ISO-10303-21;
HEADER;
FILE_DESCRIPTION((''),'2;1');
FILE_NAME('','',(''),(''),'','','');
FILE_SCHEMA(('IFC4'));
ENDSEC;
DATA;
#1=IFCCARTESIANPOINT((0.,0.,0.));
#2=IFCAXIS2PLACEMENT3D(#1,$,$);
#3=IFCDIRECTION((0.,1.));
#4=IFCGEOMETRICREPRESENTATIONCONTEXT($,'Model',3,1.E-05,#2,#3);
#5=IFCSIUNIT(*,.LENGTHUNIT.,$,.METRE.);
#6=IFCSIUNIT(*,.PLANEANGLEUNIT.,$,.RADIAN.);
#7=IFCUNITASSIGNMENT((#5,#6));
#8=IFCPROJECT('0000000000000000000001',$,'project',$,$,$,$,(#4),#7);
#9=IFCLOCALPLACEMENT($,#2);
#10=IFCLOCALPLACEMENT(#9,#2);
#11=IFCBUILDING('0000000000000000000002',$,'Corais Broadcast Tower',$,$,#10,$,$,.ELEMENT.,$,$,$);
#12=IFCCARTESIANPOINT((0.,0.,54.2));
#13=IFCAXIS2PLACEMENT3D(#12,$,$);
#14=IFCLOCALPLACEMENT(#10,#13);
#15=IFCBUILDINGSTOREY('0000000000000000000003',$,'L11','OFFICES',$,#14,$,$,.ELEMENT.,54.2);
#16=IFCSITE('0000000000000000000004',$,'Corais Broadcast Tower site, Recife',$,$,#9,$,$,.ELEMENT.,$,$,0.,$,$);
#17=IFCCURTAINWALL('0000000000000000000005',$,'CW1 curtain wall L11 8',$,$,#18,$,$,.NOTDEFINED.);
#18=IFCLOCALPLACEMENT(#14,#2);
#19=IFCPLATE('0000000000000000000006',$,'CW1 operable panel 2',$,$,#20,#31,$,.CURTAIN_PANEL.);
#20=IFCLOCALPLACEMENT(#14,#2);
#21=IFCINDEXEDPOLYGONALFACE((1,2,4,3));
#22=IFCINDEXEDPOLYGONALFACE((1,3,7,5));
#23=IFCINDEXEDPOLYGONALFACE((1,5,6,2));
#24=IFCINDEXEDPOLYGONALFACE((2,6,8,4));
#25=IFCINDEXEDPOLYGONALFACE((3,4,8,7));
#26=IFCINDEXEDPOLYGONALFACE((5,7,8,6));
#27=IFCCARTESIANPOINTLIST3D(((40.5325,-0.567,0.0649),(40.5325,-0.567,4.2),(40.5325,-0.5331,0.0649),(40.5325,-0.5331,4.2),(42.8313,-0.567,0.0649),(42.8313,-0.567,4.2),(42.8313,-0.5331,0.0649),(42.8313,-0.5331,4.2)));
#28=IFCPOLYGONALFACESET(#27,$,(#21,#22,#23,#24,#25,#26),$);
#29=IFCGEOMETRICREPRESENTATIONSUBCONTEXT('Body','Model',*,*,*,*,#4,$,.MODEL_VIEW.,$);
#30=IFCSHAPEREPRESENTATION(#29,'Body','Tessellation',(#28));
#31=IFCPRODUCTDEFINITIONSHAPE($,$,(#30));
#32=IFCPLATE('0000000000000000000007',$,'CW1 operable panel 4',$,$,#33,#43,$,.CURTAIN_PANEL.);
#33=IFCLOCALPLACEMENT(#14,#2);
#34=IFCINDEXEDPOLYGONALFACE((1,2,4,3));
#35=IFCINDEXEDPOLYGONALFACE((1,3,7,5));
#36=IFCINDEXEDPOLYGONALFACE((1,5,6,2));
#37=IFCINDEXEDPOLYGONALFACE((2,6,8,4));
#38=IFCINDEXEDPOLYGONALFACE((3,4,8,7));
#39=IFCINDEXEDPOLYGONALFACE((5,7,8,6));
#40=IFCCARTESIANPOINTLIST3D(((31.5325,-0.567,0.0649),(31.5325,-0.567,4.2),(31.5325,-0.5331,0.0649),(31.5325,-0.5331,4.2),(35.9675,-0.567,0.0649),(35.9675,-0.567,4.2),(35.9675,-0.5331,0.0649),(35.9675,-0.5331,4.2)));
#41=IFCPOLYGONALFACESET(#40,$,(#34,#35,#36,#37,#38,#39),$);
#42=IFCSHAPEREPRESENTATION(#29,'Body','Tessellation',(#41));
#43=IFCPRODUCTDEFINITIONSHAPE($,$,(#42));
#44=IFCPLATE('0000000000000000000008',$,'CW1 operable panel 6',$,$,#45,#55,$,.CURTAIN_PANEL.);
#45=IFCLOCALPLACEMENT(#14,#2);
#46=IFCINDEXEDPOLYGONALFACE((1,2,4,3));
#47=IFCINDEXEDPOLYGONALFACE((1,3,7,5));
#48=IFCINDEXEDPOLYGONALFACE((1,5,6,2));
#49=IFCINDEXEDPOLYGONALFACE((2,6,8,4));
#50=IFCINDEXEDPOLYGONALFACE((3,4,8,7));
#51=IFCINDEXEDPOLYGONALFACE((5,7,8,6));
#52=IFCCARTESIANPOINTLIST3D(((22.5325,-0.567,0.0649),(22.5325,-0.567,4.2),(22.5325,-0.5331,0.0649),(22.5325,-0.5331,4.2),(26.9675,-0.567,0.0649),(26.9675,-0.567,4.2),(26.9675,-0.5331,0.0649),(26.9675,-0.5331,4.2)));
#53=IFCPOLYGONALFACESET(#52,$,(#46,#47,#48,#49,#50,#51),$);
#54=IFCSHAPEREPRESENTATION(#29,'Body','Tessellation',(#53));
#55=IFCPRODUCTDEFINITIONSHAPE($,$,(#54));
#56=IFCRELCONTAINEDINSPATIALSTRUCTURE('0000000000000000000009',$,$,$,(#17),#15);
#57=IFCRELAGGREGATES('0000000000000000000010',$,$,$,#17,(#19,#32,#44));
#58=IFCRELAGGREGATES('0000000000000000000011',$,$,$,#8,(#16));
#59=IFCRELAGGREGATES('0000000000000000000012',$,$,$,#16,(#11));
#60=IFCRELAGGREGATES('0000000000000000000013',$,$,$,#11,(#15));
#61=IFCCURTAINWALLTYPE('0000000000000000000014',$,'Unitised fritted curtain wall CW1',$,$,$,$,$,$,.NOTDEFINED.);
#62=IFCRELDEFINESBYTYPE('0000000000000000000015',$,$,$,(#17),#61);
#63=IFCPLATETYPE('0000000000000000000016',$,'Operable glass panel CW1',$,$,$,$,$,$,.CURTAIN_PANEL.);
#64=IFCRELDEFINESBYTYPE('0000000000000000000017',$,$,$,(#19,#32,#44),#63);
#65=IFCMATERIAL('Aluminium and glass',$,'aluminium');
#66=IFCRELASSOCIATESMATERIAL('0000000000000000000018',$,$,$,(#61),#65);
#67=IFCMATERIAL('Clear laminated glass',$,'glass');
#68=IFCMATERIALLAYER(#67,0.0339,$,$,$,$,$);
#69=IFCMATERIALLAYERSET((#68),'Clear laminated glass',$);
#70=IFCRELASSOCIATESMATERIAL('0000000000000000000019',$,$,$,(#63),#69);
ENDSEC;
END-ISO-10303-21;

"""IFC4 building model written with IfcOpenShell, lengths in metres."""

from ifc_helpers import new_model, si_unit, direction, frame, origin, origin_2d, place, context, subcontext, project, spatial, rectangle, extrude, material, layer, layer_set, type_object, element, aggregate, save


model = new_model("IFC4")

# Units and contexts
model_context = context("Model", 3, precision=1e-05, world=origin(), true_north=direction((0.0, 1.0)))
body_context = subcontext(model_context, "Body", "Model", "MODEL_VIEW")
ifc_project = project(units=[si_unit("LENGTHUNIT", "METRE"), si_unit("PLANEANGLEUNIT", "RADIAN")], contexts=[model_context])

# Site, building, storey
site_placement = place(None, origin())
site = spatial("IfcSite", under=ifc_project, at=site_placement, Name="Corais Broadcast Tower site, Recife", CompositionType="ELEMENT", RefElevation=0.0)
building_placement = place(site_placement, origin())
building = spatial("IfcBuilding", under=site, at=building_placement, Name="Corais Broadcast Tower", CompositionType="ELEMENT")
storey_placement = place(building_placement, frame((0.0, 0.0, 54.2)))
storey = spatial("IfcBuildingStorey", under=building, at=storey_placement, Name="L11", Description="OFFICES", CompositionType="ELEMENT", Elevation=54.2)

# Curtain wall
ifc_material_1 = material(Name="Aluminium and glass", Category="aluminium")
curtain_wall_type = type_object("IfcCurtainWallType", Name="Unitised fritted curtain wall CW1", PredefinedType="NOTDEFINED", material=ifc_material_1)
curtain_wall_placement = place(storey_placement, origin())
curtain_wall = element("IfcCurtainWall", 1, at=curtain_wall_placement, inside=storey, type_object=curtain_wall_type, Name="CW1 curtain wall L11 8", PredefinedType="NOTDEFINED")

# Plates
ifc_material_2 = material(Name="Clear laminated glass", Category="glass")
ifc_layer_1 = layer(ifc_material_2, 0.0339)
ifc_layer_set_1 = layer_set([ifc_layer_1], Name="Clear laminated glass")
plate_type_1 = type_object("IfcPlateType", Name="Operable glass panel CW1", PredefinedType="CURTAIN_PANEL", material=ifc_layer_set_1)
plate_1_placement = place(storey_placement, frame((41.6819, -0.55, 0.0649), z_axis=(0.0, 0.0, 1.0), x_axis=(-1.0, 0.0, 0.0)))
plate_1 = element("IfcPlate", 2, at=plate_1_placement, type_object=plate_type_1, Name="CW1 operable panel 2", PredefinedType="CURTAIN_PANEL", context=body_context, shape_type="SweptSolid", body=[
    extrude(rectangle(XDim=2.2988, YDim=0.0339, at=origin_2d()), origin(), (0.0, 0.0, 1.0), 4.135),
])
plate_2_placement = place(storey_placement, frame((33.75, -0.55, 0.0649), z_axis=(0.0, 0.0, 1.0), x_axis=(-1.0, 0.0, 0.0)))
plate_2 = element("IfcPlate", 3, at=plate_2_placement, type_object=plate_type_1, Name="CW1 operable panel 4", PredefinedType="CURTAIN_PANEL", context=body_context, shape_type="SweptSolid", body=[
    extrude(rectangle(XDim=4.4351, YDim=0.0339, at=origin_2d()), origin(), (0.0, 0.0, 1.0), 4.135),
])
plate_3_placement = place(storey_placement, frame((24.75, -0.55, 0.0649), z_axis=(0.0, 0.0, 1.0), x_axis=(-1.0, 0.0, 0.0)))
plate_3 = element("IfcPlate", 4, at=plate_3_placement, type_object=plate_type_1, Name="CW1 operable panel 6", PredefinedType="CURTAIN_PANEL", context=body_context, shape_type="SweptSolid", body=[
    extrude(rectangle(XDim=4.4351, YDim=0.0339, at=origin_2d()), origin(), (0.0, 0.0, 1.0), 4.135),
])
aggregate(curtain_wall, [plate_1, plate_2, plate_3])

save(model, "model.ifc")
